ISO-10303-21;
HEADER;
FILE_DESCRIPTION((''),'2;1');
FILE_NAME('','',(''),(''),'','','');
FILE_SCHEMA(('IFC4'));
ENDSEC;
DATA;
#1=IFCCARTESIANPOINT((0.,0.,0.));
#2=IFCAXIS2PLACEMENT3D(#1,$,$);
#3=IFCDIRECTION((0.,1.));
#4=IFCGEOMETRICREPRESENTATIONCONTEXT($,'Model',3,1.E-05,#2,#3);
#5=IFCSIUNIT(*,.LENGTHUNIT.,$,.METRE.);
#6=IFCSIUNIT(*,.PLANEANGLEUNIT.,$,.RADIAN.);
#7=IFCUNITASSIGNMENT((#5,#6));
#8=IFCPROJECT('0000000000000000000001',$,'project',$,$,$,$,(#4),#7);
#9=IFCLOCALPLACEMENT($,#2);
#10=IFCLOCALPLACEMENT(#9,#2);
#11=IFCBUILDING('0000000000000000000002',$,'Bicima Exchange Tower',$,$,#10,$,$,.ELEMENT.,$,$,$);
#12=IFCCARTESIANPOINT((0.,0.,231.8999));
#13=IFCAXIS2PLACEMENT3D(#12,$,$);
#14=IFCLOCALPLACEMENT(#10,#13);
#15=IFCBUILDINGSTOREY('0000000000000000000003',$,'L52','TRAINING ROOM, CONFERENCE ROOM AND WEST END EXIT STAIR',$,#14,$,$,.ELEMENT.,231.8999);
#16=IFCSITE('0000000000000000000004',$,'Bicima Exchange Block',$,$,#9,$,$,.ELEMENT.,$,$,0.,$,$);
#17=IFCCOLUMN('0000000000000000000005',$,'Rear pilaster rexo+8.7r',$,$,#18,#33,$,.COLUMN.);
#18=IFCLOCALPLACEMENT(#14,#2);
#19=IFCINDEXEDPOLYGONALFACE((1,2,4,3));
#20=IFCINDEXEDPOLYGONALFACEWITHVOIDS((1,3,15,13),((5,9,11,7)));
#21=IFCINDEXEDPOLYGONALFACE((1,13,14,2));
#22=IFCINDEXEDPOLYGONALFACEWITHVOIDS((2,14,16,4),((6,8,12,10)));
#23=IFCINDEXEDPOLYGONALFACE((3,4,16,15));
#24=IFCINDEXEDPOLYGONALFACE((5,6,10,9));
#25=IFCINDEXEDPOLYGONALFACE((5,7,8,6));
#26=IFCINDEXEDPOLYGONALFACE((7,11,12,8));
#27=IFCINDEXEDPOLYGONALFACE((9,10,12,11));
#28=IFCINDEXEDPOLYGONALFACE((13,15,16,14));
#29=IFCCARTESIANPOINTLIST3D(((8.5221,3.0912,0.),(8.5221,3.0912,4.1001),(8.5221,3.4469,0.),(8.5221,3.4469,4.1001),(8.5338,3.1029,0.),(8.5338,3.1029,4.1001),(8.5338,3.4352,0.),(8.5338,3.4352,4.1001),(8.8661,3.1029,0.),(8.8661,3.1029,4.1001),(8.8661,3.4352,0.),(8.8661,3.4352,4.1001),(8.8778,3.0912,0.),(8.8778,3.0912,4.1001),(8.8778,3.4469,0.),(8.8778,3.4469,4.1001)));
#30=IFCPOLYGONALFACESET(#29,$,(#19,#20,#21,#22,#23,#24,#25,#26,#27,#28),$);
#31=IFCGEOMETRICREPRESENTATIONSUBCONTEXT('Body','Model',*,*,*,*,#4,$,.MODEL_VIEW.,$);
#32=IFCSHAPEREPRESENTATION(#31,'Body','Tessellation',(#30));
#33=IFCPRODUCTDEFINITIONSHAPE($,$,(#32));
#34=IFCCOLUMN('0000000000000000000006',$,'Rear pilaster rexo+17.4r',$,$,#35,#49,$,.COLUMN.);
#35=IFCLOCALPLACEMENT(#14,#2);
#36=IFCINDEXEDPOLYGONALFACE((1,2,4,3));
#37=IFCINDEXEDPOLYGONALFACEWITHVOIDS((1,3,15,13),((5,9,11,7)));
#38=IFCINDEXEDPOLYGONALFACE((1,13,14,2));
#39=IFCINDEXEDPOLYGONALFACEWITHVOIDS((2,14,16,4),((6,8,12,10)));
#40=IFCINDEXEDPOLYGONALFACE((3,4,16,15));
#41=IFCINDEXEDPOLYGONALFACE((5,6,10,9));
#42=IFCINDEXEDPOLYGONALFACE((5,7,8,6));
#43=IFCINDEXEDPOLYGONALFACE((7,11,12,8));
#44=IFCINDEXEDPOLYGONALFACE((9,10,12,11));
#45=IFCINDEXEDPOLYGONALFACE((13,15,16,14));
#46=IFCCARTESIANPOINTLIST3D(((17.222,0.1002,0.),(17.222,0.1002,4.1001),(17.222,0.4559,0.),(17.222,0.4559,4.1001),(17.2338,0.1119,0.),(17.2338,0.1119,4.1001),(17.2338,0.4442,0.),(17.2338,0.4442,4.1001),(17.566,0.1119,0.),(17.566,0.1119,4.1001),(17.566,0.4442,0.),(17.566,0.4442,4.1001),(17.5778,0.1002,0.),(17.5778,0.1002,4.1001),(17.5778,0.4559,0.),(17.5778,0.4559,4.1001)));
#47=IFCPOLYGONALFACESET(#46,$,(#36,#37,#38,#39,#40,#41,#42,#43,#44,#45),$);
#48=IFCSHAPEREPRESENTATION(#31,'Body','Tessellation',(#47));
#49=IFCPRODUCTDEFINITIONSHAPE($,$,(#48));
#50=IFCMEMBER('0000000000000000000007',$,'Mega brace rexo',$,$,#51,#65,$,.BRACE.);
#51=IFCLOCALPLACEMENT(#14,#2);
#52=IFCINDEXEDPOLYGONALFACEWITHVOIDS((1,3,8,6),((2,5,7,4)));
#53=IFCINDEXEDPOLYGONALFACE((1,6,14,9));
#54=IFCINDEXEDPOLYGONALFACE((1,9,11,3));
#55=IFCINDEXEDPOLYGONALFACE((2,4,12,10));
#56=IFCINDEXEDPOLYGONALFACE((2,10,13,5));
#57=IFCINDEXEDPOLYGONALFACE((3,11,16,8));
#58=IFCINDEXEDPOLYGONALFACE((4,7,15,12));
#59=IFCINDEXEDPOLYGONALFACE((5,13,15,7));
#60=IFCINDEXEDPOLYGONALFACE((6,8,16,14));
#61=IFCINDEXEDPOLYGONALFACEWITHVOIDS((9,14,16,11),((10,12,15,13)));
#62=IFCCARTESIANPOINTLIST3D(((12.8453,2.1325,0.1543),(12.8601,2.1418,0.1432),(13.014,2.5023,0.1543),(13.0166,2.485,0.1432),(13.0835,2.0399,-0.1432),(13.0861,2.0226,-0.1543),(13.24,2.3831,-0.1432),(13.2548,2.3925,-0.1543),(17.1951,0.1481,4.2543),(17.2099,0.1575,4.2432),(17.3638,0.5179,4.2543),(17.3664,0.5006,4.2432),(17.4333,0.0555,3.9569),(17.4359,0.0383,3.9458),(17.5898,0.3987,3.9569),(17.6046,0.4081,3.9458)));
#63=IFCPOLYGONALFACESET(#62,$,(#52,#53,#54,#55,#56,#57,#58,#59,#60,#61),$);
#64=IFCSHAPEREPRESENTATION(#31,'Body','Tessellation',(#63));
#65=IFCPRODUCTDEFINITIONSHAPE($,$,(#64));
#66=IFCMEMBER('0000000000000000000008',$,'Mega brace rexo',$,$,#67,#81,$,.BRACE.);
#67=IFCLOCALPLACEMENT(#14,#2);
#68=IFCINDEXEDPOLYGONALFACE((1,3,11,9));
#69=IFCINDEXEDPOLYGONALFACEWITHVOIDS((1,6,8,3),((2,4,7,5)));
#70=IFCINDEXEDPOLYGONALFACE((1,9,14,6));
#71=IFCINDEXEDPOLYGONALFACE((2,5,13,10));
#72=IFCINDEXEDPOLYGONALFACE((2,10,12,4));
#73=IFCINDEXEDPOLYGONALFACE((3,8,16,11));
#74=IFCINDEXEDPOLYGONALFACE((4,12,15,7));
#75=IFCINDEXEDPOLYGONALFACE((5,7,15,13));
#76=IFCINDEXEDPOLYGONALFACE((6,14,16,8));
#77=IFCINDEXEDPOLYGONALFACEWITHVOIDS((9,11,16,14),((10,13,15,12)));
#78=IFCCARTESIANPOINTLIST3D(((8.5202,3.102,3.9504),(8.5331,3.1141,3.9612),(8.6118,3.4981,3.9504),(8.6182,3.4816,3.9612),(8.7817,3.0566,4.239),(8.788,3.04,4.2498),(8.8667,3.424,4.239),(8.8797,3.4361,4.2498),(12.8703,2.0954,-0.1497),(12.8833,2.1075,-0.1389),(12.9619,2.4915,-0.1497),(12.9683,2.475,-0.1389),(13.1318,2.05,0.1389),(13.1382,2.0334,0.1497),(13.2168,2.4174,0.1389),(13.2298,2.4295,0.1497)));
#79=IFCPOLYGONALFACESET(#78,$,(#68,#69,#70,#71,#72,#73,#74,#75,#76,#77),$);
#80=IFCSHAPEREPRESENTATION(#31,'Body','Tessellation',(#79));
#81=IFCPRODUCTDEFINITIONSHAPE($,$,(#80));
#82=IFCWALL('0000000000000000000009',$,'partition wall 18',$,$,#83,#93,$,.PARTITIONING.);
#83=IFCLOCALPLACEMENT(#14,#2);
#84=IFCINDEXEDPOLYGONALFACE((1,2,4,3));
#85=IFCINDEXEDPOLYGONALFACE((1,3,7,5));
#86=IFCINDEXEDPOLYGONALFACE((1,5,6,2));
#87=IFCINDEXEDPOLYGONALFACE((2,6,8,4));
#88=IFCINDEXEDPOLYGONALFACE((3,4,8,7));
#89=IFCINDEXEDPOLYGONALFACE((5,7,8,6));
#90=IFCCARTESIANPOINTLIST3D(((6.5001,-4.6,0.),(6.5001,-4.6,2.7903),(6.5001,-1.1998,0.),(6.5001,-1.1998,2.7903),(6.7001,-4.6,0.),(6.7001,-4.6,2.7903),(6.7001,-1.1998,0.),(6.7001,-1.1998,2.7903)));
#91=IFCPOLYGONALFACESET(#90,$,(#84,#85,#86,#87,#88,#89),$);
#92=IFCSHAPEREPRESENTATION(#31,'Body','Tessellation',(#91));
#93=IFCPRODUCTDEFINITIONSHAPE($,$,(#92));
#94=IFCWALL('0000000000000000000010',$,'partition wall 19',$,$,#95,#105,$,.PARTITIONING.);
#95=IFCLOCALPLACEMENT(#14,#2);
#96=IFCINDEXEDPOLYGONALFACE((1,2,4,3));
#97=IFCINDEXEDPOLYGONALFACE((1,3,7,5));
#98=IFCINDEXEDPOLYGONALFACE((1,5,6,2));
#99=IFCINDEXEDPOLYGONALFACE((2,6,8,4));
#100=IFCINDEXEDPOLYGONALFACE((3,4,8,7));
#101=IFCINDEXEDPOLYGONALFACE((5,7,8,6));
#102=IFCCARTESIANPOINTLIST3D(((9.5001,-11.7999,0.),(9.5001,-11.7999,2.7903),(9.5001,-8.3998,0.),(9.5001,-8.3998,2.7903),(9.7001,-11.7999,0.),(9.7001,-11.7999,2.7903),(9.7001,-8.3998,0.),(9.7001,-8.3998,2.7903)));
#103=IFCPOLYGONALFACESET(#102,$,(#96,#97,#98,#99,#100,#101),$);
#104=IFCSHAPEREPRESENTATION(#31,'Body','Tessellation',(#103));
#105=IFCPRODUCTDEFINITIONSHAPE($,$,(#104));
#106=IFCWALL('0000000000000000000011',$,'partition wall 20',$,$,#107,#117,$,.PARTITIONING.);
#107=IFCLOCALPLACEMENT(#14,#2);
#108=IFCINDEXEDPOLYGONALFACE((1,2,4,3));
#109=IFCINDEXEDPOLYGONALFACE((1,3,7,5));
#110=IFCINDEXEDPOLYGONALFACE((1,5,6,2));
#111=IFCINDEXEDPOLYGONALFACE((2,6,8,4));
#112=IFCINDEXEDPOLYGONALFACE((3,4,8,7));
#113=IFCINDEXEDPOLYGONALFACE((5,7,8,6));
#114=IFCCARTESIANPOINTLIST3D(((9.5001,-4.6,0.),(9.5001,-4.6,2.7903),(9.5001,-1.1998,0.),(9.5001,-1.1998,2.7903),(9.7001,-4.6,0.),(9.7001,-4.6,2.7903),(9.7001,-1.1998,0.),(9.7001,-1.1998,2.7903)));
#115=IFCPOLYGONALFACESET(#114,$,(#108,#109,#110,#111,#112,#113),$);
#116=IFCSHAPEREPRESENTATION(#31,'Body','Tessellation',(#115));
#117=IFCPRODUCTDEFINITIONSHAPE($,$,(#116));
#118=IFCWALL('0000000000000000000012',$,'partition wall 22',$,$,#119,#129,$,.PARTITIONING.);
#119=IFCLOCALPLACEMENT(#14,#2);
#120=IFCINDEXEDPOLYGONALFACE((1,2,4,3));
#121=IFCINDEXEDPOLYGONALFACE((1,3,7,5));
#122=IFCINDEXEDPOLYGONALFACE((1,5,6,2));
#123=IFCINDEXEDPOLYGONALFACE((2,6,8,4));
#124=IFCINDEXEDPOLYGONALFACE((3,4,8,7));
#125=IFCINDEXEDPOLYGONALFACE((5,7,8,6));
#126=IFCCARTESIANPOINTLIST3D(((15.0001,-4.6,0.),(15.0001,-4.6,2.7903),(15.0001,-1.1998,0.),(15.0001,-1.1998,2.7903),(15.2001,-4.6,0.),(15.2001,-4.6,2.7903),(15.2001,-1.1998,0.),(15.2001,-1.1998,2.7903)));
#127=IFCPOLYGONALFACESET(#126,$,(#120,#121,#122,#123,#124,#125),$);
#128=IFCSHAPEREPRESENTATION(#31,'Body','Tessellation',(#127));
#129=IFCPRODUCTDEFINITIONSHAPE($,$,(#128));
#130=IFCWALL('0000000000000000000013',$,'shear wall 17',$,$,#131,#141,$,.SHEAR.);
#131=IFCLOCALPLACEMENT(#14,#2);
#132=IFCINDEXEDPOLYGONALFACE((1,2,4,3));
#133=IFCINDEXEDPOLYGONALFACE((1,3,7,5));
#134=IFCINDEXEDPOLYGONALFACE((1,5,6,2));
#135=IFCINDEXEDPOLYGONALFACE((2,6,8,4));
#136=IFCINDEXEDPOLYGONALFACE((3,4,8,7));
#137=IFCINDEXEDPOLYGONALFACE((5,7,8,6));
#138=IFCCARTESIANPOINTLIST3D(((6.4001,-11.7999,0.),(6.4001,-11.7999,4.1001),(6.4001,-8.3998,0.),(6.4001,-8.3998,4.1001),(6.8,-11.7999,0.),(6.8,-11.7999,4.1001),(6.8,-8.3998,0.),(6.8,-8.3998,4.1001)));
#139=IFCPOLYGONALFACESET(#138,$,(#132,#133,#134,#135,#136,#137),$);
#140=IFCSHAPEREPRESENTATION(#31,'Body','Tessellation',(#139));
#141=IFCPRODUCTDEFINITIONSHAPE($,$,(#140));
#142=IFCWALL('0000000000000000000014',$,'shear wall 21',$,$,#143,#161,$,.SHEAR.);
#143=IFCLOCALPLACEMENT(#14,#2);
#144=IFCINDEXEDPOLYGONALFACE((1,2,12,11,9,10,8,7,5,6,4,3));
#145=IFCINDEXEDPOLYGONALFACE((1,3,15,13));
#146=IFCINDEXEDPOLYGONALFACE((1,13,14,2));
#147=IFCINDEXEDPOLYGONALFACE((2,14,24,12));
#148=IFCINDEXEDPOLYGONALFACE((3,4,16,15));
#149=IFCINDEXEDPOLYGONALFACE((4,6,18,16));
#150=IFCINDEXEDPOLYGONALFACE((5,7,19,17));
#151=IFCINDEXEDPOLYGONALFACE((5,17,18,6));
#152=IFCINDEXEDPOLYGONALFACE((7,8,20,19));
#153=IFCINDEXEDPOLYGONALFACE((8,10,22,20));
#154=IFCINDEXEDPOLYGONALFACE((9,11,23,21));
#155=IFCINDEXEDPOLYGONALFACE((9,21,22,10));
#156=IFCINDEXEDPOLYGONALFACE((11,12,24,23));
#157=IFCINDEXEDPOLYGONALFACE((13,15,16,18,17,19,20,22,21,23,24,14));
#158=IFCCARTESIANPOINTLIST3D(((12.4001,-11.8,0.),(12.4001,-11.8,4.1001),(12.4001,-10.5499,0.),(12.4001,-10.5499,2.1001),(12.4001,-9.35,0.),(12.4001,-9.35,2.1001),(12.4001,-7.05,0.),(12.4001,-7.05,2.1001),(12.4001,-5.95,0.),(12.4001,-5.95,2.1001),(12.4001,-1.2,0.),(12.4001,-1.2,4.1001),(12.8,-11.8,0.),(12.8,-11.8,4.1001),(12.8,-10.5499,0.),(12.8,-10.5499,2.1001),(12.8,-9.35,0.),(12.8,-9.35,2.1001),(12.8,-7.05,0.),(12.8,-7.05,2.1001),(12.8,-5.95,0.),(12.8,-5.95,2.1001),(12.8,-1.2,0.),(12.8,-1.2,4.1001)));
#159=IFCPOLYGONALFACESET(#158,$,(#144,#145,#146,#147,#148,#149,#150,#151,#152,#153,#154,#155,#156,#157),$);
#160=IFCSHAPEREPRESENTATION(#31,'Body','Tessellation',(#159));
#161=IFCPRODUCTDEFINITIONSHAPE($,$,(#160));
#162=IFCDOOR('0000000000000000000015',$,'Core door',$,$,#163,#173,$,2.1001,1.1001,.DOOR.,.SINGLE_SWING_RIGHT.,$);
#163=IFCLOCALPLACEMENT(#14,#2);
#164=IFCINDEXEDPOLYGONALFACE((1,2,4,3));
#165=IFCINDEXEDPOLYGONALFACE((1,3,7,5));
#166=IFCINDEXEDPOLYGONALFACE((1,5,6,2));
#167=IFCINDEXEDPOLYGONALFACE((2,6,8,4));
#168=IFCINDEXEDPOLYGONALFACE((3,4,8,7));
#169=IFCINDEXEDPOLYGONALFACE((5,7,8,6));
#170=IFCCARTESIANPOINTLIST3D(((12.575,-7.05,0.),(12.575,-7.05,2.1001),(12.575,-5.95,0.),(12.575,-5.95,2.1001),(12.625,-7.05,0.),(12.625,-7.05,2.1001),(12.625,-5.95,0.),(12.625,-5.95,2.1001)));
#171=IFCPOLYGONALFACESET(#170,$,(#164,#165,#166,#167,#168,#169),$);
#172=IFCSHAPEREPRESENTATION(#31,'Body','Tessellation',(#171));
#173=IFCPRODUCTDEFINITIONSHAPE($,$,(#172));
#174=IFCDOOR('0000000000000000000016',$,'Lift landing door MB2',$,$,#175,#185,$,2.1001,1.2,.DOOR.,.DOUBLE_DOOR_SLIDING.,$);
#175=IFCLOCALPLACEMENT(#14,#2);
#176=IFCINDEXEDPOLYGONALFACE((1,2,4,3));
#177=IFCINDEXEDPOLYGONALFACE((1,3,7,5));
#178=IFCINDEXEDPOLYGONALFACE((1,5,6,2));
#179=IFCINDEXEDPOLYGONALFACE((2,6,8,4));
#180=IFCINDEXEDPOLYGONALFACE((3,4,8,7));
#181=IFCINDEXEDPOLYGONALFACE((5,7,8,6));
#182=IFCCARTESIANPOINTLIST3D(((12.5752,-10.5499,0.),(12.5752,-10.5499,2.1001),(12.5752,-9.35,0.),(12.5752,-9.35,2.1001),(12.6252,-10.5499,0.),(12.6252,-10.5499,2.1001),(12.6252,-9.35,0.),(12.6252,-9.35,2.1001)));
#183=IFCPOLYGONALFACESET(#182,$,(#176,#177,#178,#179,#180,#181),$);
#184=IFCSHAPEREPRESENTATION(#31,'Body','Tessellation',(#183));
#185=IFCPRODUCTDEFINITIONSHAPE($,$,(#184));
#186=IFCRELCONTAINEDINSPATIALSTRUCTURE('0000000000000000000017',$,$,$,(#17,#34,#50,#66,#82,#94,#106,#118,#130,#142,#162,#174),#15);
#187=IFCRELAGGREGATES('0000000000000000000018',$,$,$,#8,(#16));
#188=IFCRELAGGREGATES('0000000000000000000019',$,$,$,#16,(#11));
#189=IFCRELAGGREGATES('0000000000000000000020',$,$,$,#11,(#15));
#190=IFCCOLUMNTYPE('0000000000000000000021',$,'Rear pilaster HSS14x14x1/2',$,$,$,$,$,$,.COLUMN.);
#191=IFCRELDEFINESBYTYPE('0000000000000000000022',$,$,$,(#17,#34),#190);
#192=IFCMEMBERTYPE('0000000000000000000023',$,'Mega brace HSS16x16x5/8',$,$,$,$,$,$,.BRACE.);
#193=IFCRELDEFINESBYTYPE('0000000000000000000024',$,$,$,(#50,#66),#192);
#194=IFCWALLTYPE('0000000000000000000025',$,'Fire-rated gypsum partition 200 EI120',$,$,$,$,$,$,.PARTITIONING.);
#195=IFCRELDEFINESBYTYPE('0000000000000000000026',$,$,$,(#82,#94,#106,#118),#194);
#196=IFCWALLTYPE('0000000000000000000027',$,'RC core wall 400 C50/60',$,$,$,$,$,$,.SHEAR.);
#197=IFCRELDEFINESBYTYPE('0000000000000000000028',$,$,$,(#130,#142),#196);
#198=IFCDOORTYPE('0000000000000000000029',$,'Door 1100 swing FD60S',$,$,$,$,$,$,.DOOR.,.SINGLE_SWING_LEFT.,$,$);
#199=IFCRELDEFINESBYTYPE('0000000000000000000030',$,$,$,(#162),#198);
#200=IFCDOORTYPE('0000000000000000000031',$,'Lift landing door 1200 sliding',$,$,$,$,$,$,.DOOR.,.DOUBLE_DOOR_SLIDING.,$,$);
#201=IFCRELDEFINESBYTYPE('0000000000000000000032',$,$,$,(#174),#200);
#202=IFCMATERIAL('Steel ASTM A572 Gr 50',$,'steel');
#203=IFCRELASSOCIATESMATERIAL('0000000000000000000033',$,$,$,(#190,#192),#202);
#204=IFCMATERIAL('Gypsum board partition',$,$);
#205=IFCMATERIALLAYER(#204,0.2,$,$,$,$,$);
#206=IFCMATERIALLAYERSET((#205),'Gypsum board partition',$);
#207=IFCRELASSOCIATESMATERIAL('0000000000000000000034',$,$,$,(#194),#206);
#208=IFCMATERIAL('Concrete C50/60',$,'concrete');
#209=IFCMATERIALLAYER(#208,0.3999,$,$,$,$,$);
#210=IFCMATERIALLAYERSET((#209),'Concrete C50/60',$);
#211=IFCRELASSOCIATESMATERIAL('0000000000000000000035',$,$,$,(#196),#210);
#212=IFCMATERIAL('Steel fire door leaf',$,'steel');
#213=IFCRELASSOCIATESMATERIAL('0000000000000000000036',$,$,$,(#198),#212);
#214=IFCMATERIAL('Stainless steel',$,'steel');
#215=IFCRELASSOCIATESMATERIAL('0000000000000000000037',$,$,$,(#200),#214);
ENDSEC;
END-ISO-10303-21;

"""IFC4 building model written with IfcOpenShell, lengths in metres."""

from ifc_helpers import new_model, si_unit, direction, frame, frame_2d, origin, origin_2d, place, context, subcontext, project, spatial, rectangle, hollow_rectangle, extrude, material, layer, layer_set, material_profile, profile_set, type_object, element, fill, save


model = new_model("IFC4")

# Units and contexts
model_context = context("Model", 3, precision=1e-05, world=origin(), true_north=direction((0.0, 1.0)))
body_context = subcontext(model_context, "Body", "Model", "MODEL_VIEW")
ifc_project = project(units=[si_unit("LENGTHUNIT", "METRE"), si_unit("PLANEANGLEUNIT", "RADIAN")], contexts=[model_context])

# Site, building, storey
site_placement = place(None, origin())
site = spatial("IfcSite", under=ifc_project, at=site_placement, Name="Bicima Exchange Block", CompositionType="ELEMENT", RefElevation=0.0)
building_placement = place(site_placement, origin())
building = spatial("IfcBuilding", under=site, at=building_placement, Name="Bicima Exchange Tower", CompositionType="ELEMENT")
storey_placement = place(building_placement, frame((0.0, 0.0, 231.8999)))
storey = spatial("IfcBuildingStorey", under=building, at=storey_placement, Name="L52", Description="TRAINING ROOM, CONFERENCE ROOM AND WEST END EXIT STAIR", CompositionType="ELEMENT", Elevation=231.8999)

# Columns
ifc_material_1 = material(Name="Steel ASTM A572 Gr 50", Category="steel")
ifc_material_profile_1 = material_profile(ifc_material_1, hollow_rectangle(XDim=0.3557, YDim=0.3557, WallThickness=0.0117, at=origin_2d()))
ifc_profile_set_1 = profile_set([ifc_material_profile_1], Name="Steel ASTM A572 Gr 50")
column_type = type_object("IfcColumnType", Name="Rear pilaster HSS14x14x1/2", PredefinedType="COLUMN", material=ifc_profile_set_1)
for number, where, z_axis, x_axis, name in (
    (1, (8.7, 3.269, 0.0), (0.0, 0.0, 1.0), (1.0, 0.0, 0.0), "Rear pilaster rexo+8.7r"),
    (2, (17.3999, 0.2781, 0.0), (0.0, 0.0, 1.0), (1.0, 0.0, 0.0), "Rear pilaster rexo+17.4r"),
):
    element("IfcColumn", number, at=place(storey_placement, frame(where, z_axis=z_axis, x_axis=x_axis)), inside=storey, type_object=column_type, Name=name, PredefinedType="COLUMN", context=body_context, shape_type="SweptSolid", body=[
        extrude(hollow_rectangle(XDim=0.3557, YDim=0.3557, WallThickness=0.0117, at=origin_2d()), origin(), (0.0, 0.0, 1.0), 4.1001),
    ])

# Members
ifc_material_profile_2 = material_profile(ifc_material_1, hollow_rectangle(XDim=0.4065, YDim=0.4065, WallThickness=0.0146, at=origin_2d()))
ifc_profile_set_2 = profile_set([ifc_material_profile_2], Name="Steel ASTM A572 Gr 50")
member_type = type_object("IfcMemberType", Name="Mega brace HSS16x16x5/8", PredefinedType="BRACE", material=ifc_profile_set_2)
member_1_placement = place(storey_placement, frame((13.05, 2.2625, 0.0), z_axis=(0.690629, -0.31506, 0.650975), x_axis=(0.415045, 0.909801, 0.0)))
element("IfcMember", 3, at=member_1_placement, inside=storey, type_object=member_type, Name="Mega brace rexo", PredefinedType="BRACE", context=body_context, shape_type="SweptSolid", body=[
    extrude(hollow_rectangle(XDim=0.4065, YDim=0.4065, WallThickness=0.0146, at=origin_2d()), origin(), (0.0, 0.0, 1.0), 6.2983),
])
member_2_placement = place(storey_placement, frame((13.05, 2.2625, 0.0), z_axis=(-0.717606, 0.166051, 0.676365), x_axis=(-0.225439, -0.974257, 0.0)))
element("IfcMember", 4, at=member_2_placement, inside=storey, type_object=member_type, Name="Mega brace rexo", PredefinedType="BRACE", context=body_context, shape_type="SweptSolid", body=[
    extrude(hollow_rectangle(XDim=0.4065, YDim=0.4065, WallThickness=0.0146, at=origin_2d()), origin(), (0.0, 0.0, 1.0), 6.062),
])

# Walls
ifc_material_2 = material(Name="Gypsum board partition")
ifc_layer_1 = layer(ifc_material_2, 0.2)
ifc_layer_set_1 = layer_set([ifc_layer_1], Name="Gypsum board partition")
wall_type_1 = type_object("IfcWallType", Name="Fire-rated gypsum partition 200 EI120", PredefinedType="PARTITIONING", material=ifc_layer_set_1)
for number, where, z_axis, x_axis, name in (
    (5, (6.6001, -4.6001, 0.0), (0.0, 0.0, 1.0), (0.0, 1.0, 0.0), "partition wall 18"),
    (6, (9.6001, -11.8, 0.0), (0.0, 0.0, 1.0), (0.0, 1.0, 0.0), "partition wall 19"),
    (7, (9.6001, -4.6001, 0.0), (0.0, 0.0, 1.0), (0.0, 1.0, 0.0), "partition wall 20"),
    (8, (15.1001, -4.6001, 0.0), (0.0, 0.0, 1.0), (0.0, 1.0, 0.0), "partition wall 22"),
):
    element("IfcWall", number, at=place(storey_placement, frame(where, z_axis=z_axis, x_axis=x_axis)), inside=storey, type_object=wall_type_1, Name=name, PredefinedType="PARTITIONING", context=body_context, shape_type="SweptSolid", body=[
        extrude(rectangle(XDim=3.4001, YDim=0.2, at=frame_2d((1.7002, 0.0))), origin(), (0.0, 0.0, 1.0), 2.7903),
    ])
ifc_material_3 = material(Name="Concrete C50/60", Category="concrete")
ifc_layer_2 = layer(ifc_material_3, 0.3999)
ifc_layer_set_2 = layer_set([ifc_layer_2], Name="Concrete C50/60")
wall_type_2 = type_object("IfcWallType", Name="RC core wall 400 C50/60", PredefinedType="SHEAR", material=ifc_layer_set_2)
wall_1_placement = place(storey_placement, frame((6.6001, -11.8, 0.0), z_axis=(0.0, 0.0, 1.0), x_axis=(0.0, 1.0, 0.0)))
element("IfcWall", 9, at=wall_1_placement, inside=storey, type_object=wall_type_2, Name="shear wall 17", PredefinedType="SHEAR", context=body_context, shape_type="SweptSolid", body=[
    extrude(rectangle(XDim=3.4001, YDim=0.3999, at=frame_2d((1.7002, 0.0))), origin(), (0.0, 0.0, 1.0), 4.1001),
])

# Wall, openings, doors
wall_2_placement = place(storey_placement, frame((12.6001, -11.8, 0.0), z_axis=(0.0, 0.0, 1.0), x_axis=(0.0, 1.0, 0.0)))
wall_2 = element("IfcWall", 10, at=wall_2_placement, inside=storey, type_object=wall_type_2, Name="shear wall 21", PredefinedType="SHEAR", context=body_context, shape_type="SweptSolid", body=[
    extrude(rectangle(XDim=10.6001, YDim=0.3999, at=frame_2d((5.3, 0.0))), origin(), (0.0, 0.0, 1.0), 4.1001),
])
opening_1_placement = place(wall_2_placement, frame((1.25, 0.0, 0.0)))
opening_1 = element("IfcOpeningElement", 11, at=opening_1_placement, cuts=wall_2, PredefinedType="OPENING", context=body_context, shape_type="SweptSolid", body=[
    extrude(rectangle(XDim=1.2, YDim=2.1001, at=frame_2d((0.6001, 1.05))), frame((0.0, 0.2119, 0.0), z_axis=(0.0, -1.0, 0.0), x_axis=(1.0, 0.0, 0.0)), (0.0, 0.0, 1.0), 0.4238),
])
opening_2_placement = place(wall_2_placement, frame((4.75, 0.0, 0.0)))
opening_2 = element("IfcOpeningElement", 12, at=opening_2_placement, cuts=wall_2, PredefinedType="OPENING", context=body_context, shape_type="SweptSolid", body=[
    extrude(rectangle(XDim=1.1001, YDim=2.1001, at=frame_2d((0.55, 1.05))), frame((0.0, 0.2119, 0.0), z_axis=(0.0, -1.0, 0.0), x_axis=(1.0, 0.0, 0.0)), (0.0, 0.0, 1.0), 0.4238),
])
ifc_material_4 = material(Name="Steel fire door leaf", Category="steel")
door_type_1 = type_object("IfcDoorType", Name="Door 1100 swing FD60S", OperationType="SINGLE_SWING_LEFT", PredefinedType="DOOR", material=ifc_material_4)
door_1_placement = place(opening_2_placement, frame((1.1001, 0.0, 0.0), z_axis=(0.0, 0.0, 1.0), x_axis=(-1.0, 0.0, 0.0)))
door_1 = element("IfcDoor", 13, at=door_1_placement, inside=storey, type_object=door_type_1, Name="Core door", OperationType="SINGLE_SWING_RIGHT", OverallHeight=2.1001, OverallWidth=1.1001, PredefinedType="DOOR", context=body_context, shape_type="SweptSolid", body=[
    extrude(rectangle(XDim=1.1001, YDim=2.1001, at=frame_2d((0.55, 1.05))), frame((0.0, 0.0249, 0.0), z_axis=(0.0, -1.0, 0.0), x_axis=(1.0, 0.0, 0.0)), (0.0, 0.0, 1.0), 0.05),
])
fill(opening_2, door_1)
ifc_material_5 = material(Name="Stainless steel", Category="steel")
door_type_2 = type_object("IfcDoorType", Name="Lift landing door 1200 sliding", OperationType="DOUBLE_DOOR_SLIDING", PredefinedType="DOOR", material=ifc_material_5)
door_2_placement = place(opening_1_placement, origin())
door_2 = element("IfcDoor", 14, at=door_2_placement, inside=storey, type_object=door_type_2, Name="Lift landing door MB2", OperationType="DOUBLE_DOOR_SLIDING", OverallHeight=2.1001, OverallWidth=1.2, PredefinedType="DOOR", context=body_context, shape_type="SweptSolid", body=[
    extrude(rectangle(XDim=1.2, YDim=2.1001, at=frame_2d((0.6001, 1.05))), frame((0.0, 0.0249, 0.0), z_axis=(0.0, -1.0, 0.0), x_axis=(1.0, 0.0, 0.0)), (0.0, 0.0, 1.0), 0.05),
])
fill(opening_1, door_2)

save(model, "model.ifc")
